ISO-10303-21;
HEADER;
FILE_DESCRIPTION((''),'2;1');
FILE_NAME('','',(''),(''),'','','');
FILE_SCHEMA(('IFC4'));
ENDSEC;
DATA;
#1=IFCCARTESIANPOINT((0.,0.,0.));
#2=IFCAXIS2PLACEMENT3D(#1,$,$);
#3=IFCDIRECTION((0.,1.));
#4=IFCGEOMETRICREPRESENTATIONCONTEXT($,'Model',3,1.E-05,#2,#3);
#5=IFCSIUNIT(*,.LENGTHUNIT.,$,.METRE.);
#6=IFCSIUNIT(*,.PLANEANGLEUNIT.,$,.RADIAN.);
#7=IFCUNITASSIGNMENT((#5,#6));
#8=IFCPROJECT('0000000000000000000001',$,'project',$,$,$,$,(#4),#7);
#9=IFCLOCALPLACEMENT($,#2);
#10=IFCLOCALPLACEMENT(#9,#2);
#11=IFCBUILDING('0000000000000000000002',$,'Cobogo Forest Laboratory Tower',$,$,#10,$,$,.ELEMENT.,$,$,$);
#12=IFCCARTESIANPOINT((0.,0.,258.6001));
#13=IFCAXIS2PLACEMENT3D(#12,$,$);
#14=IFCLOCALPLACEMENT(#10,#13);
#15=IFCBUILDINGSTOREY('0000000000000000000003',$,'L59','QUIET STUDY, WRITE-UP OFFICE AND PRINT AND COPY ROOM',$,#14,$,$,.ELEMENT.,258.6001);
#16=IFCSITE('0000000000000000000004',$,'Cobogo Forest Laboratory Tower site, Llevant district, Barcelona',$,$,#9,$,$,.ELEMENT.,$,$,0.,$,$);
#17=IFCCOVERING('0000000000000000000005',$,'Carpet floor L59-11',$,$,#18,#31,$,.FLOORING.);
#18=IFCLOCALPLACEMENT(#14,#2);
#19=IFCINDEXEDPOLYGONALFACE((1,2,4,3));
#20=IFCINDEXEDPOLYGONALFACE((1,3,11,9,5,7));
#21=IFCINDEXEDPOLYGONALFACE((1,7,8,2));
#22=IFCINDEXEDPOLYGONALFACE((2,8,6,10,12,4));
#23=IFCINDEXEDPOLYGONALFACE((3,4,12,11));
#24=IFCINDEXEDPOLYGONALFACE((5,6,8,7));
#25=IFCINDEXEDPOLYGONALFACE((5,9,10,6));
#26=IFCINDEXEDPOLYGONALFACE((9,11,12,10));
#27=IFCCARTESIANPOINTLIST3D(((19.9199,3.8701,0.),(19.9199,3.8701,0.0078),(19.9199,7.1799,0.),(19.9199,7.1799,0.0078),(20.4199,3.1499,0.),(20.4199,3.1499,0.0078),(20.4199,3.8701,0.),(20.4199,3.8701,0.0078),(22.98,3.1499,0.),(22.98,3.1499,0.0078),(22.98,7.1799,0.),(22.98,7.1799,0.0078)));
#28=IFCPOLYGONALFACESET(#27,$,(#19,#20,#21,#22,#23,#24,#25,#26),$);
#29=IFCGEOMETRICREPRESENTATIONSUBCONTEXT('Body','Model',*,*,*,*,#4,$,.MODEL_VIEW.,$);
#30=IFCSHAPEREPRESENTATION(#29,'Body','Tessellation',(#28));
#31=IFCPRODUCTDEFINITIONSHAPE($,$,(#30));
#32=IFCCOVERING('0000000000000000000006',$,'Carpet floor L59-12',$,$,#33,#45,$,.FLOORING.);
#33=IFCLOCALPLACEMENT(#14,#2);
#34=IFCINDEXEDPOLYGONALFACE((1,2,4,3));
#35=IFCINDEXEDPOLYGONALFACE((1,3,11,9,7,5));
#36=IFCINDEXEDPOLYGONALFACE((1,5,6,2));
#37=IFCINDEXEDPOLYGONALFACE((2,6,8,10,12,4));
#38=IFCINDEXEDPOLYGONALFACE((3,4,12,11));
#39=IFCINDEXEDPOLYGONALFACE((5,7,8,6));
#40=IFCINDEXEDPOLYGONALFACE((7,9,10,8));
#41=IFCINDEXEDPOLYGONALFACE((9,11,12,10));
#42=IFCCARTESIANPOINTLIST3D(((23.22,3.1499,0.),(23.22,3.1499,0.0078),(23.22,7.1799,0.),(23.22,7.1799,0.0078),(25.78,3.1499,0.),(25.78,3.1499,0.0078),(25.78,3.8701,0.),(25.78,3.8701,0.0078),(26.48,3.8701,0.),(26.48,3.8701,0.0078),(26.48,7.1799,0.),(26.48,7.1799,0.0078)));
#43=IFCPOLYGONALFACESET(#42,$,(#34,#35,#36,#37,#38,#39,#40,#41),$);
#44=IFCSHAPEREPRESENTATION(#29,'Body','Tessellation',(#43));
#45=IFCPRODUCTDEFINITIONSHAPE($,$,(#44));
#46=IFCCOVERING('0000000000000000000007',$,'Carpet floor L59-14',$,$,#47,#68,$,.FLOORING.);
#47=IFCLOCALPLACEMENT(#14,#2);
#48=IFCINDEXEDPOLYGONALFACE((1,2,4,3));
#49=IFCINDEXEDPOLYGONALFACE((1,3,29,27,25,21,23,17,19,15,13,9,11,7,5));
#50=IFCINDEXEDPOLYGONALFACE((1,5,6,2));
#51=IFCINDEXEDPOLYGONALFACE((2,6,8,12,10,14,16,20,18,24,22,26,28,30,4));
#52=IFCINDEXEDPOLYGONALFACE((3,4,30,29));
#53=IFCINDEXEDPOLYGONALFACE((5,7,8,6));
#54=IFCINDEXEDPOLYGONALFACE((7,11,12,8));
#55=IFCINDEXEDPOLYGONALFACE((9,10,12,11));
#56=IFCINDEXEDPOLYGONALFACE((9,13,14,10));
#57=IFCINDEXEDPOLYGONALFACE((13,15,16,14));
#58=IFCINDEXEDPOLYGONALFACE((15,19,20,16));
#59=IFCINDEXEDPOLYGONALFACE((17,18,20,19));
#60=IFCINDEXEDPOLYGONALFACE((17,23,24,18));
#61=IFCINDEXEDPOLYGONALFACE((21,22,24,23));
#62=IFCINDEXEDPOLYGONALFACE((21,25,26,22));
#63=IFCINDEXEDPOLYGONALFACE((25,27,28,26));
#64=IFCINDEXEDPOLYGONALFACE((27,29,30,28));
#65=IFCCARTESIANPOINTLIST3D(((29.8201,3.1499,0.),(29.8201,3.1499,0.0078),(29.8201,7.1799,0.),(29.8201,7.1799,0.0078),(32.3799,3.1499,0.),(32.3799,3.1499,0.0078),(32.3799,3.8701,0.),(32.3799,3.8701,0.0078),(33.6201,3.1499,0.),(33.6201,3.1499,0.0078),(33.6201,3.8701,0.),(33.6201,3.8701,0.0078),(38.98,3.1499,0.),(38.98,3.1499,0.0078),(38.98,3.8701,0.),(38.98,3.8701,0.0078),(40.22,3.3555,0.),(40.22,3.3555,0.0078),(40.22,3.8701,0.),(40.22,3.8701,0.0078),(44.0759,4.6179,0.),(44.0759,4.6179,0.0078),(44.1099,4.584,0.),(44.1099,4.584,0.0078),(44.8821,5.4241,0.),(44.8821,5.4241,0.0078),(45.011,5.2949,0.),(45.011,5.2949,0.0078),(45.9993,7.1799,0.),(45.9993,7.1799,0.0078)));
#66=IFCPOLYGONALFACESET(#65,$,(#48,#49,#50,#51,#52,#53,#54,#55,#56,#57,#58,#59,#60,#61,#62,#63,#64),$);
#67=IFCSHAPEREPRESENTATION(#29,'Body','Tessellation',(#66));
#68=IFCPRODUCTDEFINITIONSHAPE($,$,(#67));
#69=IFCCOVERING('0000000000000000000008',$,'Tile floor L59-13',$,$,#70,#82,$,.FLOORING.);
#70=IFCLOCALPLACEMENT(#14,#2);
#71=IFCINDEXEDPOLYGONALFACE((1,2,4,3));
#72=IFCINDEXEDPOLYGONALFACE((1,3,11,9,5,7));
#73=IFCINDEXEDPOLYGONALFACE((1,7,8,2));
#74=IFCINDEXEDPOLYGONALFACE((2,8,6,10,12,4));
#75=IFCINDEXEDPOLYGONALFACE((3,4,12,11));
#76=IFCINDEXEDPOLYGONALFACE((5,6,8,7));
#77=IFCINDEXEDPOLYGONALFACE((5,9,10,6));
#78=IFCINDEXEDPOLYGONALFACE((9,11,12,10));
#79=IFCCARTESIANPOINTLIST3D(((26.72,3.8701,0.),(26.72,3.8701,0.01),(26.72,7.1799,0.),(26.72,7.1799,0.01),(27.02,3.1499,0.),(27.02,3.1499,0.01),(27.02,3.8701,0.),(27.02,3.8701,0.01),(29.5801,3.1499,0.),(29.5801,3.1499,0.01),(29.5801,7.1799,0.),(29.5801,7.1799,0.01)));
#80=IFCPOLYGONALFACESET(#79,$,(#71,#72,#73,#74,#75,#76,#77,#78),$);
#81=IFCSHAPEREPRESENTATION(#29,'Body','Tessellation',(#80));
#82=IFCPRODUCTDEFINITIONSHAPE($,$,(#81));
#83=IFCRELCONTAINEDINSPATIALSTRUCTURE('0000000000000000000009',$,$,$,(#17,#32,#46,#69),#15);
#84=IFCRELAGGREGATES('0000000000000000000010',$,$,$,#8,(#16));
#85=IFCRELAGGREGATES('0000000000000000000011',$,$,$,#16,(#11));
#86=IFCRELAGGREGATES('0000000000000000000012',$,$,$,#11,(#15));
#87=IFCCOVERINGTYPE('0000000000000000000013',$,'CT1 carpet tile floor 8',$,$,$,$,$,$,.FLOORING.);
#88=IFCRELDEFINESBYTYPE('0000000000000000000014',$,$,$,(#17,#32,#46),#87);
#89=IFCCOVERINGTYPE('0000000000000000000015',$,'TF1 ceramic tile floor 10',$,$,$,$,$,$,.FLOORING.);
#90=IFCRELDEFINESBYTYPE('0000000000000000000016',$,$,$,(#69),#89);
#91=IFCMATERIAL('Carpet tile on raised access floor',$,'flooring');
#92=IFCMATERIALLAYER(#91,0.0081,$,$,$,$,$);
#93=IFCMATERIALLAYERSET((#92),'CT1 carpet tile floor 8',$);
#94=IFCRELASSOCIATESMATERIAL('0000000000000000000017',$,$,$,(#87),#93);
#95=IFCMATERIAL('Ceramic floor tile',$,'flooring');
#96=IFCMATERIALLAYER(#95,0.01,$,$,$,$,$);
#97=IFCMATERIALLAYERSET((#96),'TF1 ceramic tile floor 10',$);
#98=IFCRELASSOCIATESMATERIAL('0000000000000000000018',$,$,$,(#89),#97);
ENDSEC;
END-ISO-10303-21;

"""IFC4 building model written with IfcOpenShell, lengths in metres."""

from ifc_helpers import new_model, si_unit, direction, frame, origin, place, context, subcontext, project, spatial, polyline, outline, extrude, material, layer, layer_set, type_object, element, save


model = new_model("IFC4")

# Units and contexts
model_context = context("Model", 3, precision=1e-05, world=origin(), true_north=direction((0.0, 1.0)))
body_context = subcontext(model_context, "Body", "Model", "MODEL_VIEW")
ifc_project = project(units=[si_unit("LENGTHUNIT", "METRE"), si_unit("PLANEANGLEUNIT", "RADIAN")], contexts=[model_context])

# Site, building, storey
site_placement = place(None, origin())
site = spatial("IfcSite", under=ifc_project, at=site_placement, Name="Cobogo Forest Laboratory Tower site, Llevant district, Barcelona", CompositionType="ELEMENT", RefElevation=0.0)
building_placement = place(site_placement, origin())
building = spatial("IfcBuilding", under=site, at=building_placement, Name="Cobogo Forest Laboratory Tower", CompositionType="ELEMENT")
storey_placement = place(building_placement, frame((0.0, 0.0, 258.6001)))
storey = spatial("IfcBuildingStorey", under=building, at=storey_placement, Name="L59", Description="QUIET STUDY, WRITE-UP OFFICE AND PRINT AND COPY ROOM", CompositionType="ELEMENT", Elevation=258.6001)

# Coverings
ifc_material_1 = material(Name="Carpet tile on raised access floor", Category="flooring")
ifc_layer_1 = layer(ifc_material_1, 0.0081)
ifc_layer_set_1 = layer_set([ifc_layer_1], Name="CT1 carpet tile floor 8")
covering_type_1 = type_object("IfcCoveringType", Name="CT1 carpet tile floor 8", PredefinedType="FLOORING", material=ifc_layer_set_1)
covering_1_placement = place(storey_placement, origin())
element("IfcCovering", 1, at=covering_1_placement, inside=storey, type_object=covering_type_1, Name="Carpet floor L59-11", PredefinedType="FLOORING", context=body_context, shape_type="SweptSolid", body=[
    extrude(outline(polyline([(22.98, 7.1799), (22.98, 3.1499), (20.4199, 3.1499), (20.4199, 3.8701), (19.9199, 3.8701), (19.9199, 7.1799), (22.98, 7.1799)])), origin(), (0.0, 0.0, 1.0), 0.0078),
])
covering_2_placement = place(storey_placement, origin())
element("IfcCovering", 2, at=covering_2_placement, inside=storey, type_object=covering_type_1, Name="Carpet floor L59-12", PredefinedType="FLOORING", context=body_context, shape_type="SweptSolid", body=[
    extrude(outline(polyline([(26.48, 7.1799), (26.48, 3.8701), (25.78, 3.8701), (25.78, 3.1499), (23.22, 3.1499), (23.22, 7.1799), (26.48, 7.1799)])), origin(), (0.0, 0.0, 1.0), 0.0078),
])
covering_3_placement = place(storey_placement, origin())
element("IfcCovering", 3, at=covering_3_placement, inside=storey, type_object=covering_type_1, Name="Carpet floor L59-14", PredefinedType="FLOORING", context=body_context, shape_type="SweptSolid", body=[
    extrude(outline(polyline([(44.1099, 4.584), (40.22, 3.3555), (40.22, 3.8701), (38.98, 3.8701), (38.98, 3.1499), (33.6201, 3.1499), (33.6201, 3.8701), (32.3799, 3.8701), (32.3799, 3.1499), (29.8201, 3.1499), (29.8201, 7.1799), (45.9993, 7.1799), (45.011, 5.2949), (44.8821, 5.4241), (44.0759, 4.6179), (44.1099, 4.584)])), origin(), (0.0, 0.0, 1.0), 0.0078),
])
ifc_material_2 = material(Name="Ceramic floor tile", Category="flooring")
ifc_layer_2 = layer(ifc_material_2, 0.01)
ifc_layer_set_2 = layer_set([ifc_layer_2], Name="TF1 ceramic tile floor 10")
covering_type_2 = type_object("IfcCoveringType", Name="TF1 ceramic tile floor 10", PredefinedType="FLOORING", material=ifc_layer_set_2)
covering_4_placement = place(storey_placement, origin())
element("IfcCovering", 4, at=covering_4_placement, inside=storey, type_object=covering_type_2, Name="Tile floor L59-13", PredefinedType="FLOORING", context=body_context, shape_type="SweptSolid", body=[
    extrude(outline(polyline([(29.5801, 7.1799), (29.5801, 3.1499), (27.02, 3.1499), (27.02, 3.8701), (26.72, 3.8701), (26.72, 7.1799), (29.5801, 7.1799)])), origin(), (0.0, 0.0, 1.0), 0.01),
])

save(model, "model.ifc")
